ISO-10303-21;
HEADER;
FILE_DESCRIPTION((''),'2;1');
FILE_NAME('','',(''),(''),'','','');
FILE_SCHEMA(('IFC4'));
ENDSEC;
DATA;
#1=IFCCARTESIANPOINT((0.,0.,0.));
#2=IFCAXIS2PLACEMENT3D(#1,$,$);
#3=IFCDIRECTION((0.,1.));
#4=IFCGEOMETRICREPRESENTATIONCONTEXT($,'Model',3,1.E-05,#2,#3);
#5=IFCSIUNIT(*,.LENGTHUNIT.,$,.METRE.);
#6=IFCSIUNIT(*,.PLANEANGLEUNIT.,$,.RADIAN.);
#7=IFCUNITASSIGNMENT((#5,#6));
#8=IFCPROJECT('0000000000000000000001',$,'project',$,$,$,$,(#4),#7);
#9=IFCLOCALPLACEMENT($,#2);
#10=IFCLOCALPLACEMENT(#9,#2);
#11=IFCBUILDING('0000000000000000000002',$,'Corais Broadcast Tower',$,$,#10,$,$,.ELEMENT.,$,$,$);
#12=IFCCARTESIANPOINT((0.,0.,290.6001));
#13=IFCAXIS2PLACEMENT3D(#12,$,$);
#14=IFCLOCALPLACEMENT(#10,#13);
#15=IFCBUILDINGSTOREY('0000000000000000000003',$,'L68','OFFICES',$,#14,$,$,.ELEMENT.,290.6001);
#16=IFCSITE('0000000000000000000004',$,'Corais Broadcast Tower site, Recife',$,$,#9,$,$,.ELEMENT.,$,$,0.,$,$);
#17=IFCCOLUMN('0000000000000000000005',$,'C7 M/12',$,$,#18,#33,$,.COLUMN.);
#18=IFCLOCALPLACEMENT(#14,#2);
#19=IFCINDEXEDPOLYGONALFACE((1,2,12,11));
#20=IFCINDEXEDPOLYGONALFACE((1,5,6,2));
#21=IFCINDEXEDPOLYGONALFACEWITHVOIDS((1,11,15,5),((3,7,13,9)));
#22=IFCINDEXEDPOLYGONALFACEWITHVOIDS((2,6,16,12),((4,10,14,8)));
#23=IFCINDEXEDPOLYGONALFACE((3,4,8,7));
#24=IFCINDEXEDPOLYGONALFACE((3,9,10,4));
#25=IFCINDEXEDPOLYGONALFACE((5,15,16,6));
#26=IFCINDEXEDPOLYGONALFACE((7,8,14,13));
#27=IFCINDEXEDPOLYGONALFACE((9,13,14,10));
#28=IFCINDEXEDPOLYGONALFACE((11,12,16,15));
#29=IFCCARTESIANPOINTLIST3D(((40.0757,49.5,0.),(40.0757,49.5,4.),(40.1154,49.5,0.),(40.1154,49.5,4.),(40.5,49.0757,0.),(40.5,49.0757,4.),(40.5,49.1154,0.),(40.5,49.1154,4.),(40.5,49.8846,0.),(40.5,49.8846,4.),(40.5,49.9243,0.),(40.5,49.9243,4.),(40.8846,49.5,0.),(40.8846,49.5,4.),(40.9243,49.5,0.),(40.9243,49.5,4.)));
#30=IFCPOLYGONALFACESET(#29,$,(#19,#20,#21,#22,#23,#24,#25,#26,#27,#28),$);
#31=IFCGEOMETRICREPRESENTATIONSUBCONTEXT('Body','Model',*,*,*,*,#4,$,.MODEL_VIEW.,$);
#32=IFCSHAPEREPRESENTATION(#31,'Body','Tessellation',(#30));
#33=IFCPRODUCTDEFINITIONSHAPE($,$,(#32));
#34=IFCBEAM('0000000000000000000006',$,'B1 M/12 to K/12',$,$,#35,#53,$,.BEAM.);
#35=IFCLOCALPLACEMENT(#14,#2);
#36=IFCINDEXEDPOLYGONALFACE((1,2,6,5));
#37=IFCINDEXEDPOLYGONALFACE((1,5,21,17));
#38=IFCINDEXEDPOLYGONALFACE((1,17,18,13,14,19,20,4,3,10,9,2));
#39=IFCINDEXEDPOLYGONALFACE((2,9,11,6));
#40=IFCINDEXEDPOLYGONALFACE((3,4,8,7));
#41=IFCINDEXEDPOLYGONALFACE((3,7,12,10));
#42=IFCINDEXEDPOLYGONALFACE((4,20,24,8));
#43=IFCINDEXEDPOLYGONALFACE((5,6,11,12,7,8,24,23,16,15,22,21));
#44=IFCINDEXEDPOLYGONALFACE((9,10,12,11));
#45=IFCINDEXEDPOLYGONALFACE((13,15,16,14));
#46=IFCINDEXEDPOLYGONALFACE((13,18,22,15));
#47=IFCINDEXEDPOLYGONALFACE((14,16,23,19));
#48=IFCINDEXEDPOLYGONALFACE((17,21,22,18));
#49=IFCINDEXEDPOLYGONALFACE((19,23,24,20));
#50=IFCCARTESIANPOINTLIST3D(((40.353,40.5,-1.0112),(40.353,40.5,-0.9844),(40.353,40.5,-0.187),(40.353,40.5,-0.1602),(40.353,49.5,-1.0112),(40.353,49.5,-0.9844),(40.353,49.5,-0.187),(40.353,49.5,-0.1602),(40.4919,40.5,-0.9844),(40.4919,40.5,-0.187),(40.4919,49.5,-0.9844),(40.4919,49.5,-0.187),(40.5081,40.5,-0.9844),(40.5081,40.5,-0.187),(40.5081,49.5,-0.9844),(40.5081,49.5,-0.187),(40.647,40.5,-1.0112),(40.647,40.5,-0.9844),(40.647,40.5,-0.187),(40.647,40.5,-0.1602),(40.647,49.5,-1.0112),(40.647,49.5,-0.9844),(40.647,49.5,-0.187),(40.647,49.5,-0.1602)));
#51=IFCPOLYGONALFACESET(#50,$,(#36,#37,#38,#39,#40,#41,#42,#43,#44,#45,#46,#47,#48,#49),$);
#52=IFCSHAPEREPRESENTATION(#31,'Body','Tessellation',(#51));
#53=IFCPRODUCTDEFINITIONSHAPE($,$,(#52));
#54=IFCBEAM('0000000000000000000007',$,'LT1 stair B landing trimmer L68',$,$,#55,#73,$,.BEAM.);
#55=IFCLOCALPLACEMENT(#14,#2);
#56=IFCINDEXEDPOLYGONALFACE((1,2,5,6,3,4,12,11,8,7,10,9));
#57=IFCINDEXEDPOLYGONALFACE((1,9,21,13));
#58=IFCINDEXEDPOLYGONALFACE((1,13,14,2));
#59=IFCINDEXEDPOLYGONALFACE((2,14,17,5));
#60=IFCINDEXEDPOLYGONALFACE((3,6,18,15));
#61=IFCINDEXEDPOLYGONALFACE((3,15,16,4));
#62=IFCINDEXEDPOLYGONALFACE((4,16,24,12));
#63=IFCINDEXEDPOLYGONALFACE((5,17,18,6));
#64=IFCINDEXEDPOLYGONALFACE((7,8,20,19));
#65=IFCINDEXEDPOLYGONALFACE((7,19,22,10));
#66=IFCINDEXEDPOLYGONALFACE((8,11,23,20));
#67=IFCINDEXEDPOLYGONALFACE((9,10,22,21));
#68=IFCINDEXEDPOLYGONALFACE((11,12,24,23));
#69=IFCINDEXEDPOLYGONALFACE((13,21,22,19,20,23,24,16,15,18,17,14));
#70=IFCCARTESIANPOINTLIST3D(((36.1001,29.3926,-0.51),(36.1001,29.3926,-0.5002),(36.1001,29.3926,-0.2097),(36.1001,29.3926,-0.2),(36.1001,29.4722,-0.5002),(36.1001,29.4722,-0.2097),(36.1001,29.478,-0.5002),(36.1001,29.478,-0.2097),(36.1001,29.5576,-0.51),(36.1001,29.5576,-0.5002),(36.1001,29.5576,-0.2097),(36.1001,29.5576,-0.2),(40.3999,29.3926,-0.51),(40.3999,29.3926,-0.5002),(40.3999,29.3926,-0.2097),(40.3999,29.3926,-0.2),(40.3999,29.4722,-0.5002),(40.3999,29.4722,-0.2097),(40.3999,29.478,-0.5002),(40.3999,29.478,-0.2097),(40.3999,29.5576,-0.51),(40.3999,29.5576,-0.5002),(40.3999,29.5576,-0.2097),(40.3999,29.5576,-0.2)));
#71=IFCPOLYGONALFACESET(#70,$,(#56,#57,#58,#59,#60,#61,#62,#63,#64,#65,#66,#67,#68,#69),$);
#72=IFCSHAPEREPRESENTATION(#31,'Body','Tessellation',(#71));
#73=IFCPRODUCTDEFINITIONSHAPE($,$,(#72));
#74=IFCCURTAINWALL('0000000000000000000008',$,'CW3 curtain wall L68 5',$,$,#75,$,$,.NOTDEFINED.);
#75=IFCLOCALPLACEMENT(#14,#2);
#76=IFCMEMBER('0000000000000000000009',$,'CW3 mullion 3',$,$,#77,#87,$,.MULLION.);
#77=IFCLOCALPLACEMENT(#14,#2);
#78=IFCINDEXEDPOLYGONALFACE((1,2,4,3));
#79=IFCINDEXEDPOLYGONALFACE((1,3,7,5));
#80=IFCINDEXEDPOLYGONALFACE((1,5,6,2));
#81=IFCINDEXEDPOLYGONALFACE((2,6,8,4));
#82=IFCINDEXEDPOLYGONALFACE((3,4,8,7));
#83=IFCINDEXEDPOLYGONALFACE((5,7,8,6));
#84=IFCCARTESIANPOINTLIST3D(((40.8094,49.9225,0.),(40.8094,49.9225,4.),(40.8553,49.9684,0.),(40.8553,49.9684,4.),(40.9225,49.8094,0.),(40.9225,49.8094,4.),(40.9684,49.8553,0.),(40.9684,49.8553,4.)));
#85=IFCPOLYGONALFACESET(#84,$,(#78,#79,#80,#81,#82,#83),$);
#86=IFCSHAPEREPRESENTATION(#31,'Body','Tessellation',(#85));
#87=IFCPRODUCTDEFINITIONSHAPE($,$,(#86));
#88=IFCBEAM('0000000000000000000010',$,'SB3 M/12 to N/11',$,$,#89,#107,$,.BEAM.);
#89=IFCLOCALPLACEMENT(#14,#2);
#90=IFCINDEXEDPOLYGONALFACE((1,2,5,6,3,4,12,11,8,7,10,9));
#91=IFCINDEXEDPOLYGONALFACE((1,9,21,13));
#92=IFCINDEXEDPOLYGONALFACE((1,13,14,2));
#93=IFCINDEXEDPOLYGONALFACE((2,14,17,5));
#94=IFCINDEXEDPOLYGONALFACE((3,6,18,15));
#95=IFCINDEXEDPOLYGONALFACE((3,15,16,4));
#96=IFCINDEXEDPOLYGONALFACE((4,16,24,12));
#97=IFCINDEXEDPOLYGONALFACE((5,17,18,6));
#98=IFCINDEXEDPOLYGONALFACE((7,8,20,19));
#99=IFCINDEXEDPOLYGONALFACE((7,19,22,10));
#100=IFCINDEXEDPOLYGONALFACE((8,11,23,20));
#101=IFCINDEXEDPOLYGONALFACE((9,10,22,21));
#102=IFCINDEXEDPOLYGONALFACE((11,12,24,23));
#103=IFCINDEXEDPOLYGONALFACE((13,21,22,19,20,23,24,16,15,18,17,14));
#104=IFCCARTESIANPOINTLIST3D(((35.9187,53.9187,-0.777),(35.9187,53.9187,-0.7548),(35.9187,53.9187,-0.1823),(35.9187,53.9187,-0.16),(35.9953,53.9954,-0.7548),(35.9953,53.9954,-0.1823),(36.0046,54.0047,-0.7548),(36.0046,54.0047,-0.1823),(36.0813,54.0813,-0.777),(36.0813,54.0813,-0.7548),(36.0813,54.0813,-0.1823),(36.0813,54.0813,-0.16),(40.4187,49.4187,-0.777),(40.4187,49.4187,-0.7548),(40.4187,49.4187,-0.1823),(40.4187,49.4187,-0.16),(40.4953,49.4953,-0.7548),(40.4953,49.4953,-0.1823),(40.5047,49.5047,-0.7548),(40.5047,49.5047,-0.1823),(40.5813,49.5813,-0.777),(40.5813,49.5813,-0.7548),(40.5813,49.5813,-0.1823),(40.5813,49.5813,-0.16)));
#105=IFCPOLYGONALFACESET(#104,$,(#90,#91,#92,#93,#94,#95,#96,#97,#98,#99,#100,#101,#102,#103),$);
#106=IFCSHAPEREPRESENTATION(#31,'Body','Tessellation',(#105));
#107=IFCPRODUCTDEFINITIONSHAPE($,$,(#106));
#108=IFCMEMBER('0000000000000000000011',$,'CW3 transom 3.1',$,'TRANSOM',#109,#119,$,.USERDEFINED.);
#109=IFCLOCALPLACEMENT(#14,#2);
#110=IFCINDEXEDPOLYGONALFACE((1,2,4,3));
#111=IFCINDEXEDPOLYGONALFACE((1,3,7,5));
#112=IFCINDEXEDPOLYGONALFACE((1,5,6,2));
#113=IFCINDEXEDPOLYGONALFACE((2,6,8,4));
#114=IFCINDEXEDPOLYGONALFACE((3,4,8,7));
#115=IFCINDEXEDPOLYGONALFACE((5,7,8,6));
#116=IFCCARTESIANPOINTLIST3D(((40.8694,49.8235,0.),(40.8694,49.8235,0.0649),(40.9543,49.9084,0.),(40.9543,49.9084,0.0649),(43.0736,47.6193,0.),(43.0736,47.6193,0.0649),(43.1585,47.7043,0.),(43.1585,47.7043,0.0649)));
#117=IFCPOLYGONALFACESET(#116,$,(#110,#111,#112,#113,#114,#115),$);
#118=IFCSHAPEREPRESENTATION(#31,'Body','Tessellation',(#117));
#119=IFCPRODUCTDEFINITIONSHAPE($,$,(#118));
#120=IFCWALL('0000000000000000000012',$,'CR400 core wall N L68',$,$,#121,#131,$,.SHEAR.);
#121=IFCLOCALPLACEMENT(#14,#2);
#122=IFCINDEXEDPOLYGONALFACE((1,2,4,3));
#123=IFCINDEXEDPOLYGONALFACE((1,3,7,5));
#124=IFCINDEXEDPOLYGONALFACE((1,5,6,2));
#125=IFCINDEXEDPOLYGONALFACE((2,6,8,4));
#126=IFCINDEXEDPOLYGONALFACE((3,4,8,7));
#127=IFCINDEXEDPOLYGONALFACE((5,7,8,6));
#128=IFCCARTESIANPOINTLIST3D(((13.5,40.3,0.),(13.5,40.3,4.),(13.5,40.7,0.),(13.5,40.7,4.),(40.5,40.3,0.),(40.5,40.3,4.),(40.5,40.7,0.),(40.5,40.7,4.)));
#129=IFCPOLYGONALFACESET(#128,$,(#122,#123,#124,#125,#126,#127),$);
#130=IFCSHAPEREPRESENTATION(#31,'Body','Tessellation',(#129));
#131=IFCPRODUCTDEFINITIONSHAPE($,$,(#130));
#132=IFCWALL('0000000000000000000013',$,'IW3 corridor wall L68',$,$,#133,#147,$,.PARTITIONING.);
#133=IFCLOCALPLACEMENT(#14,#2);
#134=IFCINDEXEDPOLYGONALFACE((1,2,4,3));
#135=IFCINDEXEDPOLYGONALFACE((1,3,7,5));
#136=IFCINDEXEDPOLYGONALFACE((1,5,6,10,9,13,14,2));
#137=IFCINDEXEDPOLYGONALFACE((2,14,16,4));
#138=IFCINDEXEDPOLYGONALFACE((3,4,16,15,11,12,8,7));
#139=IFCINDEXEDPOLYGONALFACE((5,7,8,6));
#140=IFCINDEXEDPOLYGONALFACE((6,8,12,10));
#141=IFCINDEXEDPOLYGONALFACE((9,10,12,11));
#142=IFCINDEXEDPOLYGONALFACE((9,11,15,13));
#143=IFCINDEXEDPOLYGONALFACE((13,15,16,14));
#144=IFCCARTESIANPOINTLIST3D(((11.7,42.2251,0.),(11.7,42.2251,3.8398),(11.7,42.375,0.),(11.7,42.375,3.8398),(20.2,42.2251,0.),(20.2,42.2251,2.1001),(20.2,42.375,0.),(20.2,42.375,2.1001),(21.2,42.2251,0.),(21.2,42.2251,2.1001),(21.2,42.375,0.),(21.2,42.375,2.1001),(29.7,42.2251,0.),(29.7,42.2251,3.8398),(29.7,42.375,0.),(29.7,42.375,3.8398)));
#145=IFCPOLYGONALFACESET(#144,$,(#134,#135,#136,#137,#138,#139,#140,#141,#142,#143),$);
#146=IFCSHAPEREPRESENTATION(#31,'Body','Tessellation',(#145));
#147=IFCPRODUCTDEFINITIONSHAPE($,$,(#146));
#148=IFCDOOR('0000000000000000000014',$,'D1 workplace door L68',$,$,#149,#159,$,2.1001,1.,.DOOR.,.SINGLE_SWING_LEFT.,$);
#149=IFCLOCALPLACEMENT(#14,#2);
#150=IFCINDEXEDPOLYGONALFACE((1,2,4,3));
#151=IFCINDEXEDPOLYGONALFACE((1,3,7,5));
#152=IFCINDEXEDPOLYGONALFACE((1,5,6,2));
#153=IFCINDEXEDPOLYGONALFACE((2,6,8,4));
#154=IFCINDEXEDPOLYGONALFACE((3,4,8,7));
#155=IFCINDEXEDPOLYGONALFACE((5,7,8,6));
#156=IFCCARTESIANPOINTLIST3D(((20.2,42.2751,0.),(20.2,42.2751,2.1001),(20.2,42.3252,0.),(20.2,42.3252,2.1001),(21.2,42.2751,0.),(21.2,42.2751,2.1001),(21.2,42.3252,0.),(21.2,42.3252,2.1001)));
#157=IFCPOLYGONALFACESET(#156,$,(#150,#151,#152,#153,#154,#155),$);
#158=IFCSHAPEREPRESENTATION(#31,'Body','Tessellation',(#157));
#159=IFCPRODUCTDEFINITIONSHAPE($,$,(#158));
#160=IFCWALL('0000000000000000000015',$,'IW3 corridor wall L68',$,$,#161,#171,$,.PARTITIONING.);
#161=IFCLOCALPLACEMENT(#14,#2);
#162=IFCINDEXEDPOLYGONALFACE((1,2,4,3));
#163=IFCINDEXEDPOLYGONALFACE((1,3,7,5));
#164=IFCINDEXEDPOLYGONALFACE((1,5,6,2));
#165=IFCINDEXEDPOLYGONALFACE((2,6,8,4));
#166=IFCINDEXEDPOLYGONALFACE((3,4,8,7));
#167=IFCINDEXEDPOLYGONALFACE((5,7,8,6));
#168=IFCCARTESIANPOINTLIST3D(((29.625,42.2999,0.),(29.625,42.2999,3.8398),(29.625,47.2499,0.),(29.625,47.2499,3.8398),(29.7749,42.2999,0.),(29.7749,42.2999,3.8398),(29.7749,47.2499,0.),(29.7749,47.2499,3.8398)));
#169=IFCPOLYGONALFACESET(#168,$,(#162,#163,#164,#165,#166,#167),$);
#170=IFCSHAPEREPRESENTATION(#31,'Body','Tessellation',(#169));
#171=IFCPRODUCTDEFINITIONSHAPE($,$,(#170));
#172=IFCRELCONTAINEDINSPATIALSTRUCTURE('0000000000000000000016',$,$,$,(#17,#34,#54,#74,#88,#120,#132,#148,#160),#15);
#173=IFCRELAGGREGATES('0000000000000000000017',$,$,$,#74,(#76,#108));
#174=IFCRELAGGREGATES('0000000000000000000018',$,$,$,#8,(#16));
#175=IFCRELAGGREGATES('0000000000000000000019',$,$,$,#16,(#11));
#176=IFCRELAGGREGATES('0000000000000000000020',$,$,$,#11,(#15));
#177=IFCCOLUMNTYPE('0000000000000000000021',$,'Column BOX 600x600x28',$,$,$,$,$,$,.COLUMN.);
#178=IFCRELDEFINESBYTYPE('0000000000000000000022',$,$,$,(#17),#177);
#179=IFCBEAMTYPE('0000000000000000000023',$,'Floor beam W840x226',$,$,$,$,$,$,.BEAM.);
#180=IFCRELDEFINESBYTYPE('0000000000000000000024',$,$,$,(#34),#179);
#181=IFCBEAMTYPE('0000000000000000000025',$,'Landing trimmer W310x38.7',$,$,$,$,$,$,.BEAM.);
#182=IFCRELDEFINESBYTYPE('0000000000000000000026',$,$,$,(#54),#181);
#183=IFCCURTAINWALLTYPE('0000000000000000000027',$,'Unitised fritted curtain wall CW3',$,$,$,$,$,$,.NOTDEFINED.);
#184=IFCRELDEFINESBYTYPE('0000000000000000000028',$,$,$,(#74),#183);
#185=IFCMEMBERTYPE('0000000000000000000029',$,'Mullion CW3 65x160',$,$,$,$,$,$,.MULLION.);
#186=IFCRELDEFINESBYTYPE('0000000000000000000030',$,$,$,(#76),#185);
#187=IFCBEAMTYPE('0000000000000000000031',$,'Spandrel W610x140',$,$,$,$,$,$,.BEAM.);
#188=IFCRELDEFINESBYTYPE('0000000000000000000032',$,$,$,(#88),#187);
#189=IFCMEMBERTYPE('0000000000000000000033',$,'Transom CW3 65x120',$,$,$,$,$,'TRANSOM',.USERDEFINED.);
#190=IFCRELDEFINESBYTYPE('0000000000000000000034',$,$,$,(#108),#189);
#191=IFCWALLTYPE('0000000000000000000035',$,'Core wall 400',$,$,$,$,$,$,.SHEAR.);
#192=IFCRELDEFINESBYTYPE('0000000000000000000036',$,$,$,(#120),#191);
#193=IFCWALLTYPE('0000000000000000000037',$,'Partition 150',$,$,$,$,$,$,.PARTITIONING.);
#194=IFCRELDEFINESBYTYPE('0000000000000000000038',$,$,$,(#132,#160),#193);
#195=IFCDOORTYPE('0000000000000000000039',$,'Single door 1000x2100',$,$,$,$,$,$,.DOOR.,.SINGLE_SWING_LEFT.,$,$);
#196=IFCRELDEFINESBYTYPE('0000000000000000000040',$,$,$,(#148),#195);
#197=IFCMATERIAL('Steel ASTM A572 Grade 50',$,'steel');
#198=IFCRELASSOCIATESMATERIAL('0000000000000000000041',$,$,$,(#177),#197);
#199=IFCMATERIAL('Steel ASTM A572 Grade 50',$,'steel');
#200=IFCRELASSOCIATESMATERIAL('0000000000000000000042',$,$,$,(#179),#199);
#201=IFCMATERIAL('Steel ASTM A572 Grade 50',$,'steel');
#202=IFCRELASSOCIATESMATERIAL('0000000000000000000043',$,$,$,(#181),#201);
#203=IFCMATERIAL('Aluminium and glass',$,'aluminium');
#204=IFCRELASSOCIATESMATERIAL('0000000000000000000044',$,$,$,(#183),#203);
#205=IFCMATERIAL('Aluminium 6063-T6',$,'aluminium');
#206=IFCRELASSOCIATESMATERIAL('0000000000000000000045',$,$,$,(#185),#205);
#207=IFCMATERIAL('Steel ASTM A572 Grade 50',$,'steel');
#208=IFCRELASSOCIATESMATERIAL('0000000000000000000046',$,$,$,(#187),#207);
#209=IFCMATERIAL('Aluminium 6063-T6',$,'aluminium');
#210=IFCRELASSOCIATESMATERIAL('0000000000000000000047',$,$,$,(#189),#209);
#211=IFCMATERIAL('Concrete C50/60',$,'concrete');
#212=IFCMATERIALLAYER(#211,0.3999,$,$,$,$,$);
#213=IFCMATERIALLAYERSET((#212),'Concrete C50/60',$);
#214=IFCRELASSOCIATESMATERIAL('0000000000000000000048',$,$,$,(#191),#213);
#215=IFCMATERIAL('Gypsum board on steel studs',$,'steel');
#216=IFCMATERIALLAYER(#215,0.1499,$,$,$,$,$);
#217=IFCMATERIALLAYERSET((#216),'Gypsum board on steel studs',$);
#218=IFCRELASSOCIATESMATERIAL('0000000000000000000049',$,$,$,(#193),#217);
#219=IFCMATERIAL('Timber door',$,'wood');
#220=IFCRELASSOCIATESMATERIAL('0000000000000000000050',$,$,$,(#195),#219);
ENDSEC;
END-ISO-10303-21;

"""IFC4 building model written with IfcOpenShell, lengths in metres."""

from ifc_helpers import new_model, si_unit, direction, frame, frame_2d, origin, origin_2d, place, context, subcontext, project, spatial, rectangle, hollow_rectangle, i_section, extrude, material, layer, layer_set, material_profile, profile_set, type_object, element, fill, aggregate, save


model = new_model("IFC4")

# Units and contexts
model_context = context("Model", 3, precision=1e-05, world=origin(), true_north=direction((0.0, 1.0)))
body_context = subcontext(model_context, "Body", "Model", "MODEL_VIEW")
ifc_project = project(units=[si_unit("LENGTHUNIT", "METRE"), si_unit("PLANEANGLEUNIT", "RADIAN")], contexts=[model_context])

# Site, building, storey
site_placement = place(None, origin())
site = spatial("IfcSite", under=ifc_project, at=site_placement, Name="Corais Broadcast Tower site, Recife", CompositionType="ELEMENT", RefElevation=0.0)
building_placement = place(site_placement, origin())
building = spatial("IfcBuilding", under=site, at=building_placement, Name="Corais Broadcast Tower", CompositionType="ELEMENT")
storey_placement = place(building_placement, frame((0.0, 0.0, 290.6001)))
storey = spatial("IfcBuildingStorey", under=building, at=storey_placement, Name="L68", Description="OFFICES", CompositionType="ELEMENT", Elevation=290.6001)

# Column
ifc_material_1 = material(Name="Steel ASTM A572 Grade 50", Category="steel")
ifc_material_profile_1 = material_profile(ifc_material_1, hollow_rectangle(XDim=0.6001, YDim=0.6001, WallThickness=0.0281, at=origin_2d()), Name="BOX 600x600x28")
ifc_profile_set_1 = profile_set([ifc_material_profile_1], Name="Steel ASTM A572 Grade 50")
column_type = type_object("IfcColumnType", Name="Column BOX 600x600x28", PredefinedType="COLUMN", material=ifc_profile_set_1)
column_placement = place(storey_placement, frame((40.5, 49.5, 0.0), z_axis=(0.0, 0.0, 1.0), x_axis=(0.707107, 0.707107, 0.0)))
element("IfcColumn", 1, at=column_placement, inside=storey, type_object=column_type, Name="C7 M/12", PredefinedType="COLUMN", context=body_context, shape_type="SweptSolid", body=[
    extrude(hollow_rectangle(XDim=0.6001, YDim=0.6001, WallThickness=0.0281, at=origin_2d()), origin(), (0.0, 0.0, 1.0), 4.0),
])

# Beams
ifc_material_2 = material(Name="Steel ASTM A572 Grade 50", Category="steel")
ifc_material_profile_2 = material_profile(ifc_material_2, i_section(OverallWidth=0.2939, OverallDepth=0.8511, WebThickness=0.0161, FlangeThickness=0.0269, at=origin_2d()), Name="W840x226")
ifc_profile_set_2 = profile_set([ifc_material_profile_2], Name="Steel ASTM A572 Grade 50")
beam_type_1 = type_object("IfcBeamType", Name="Floor beam W840x226", PredefinedType="BEAM", material=ifc_profile_set_2)
beam_1_placement = place(storey_placement, frame((40.5, 49.5, -0.5857), z_axis=(0.0, -1.0, 0.0), x_axis=(1.0, 0.0, 0.0)))
element("IfcBeam", 2, at=beam_1_placement, inside=storey, type_object=beam_type_1, Name="B1 M/12 to K/12", PredefinedType="BEAM", context=body_context, shape_type="SweptSolid", body=[
    extrude(i_section(OverallWidth=0.2939, OverallDepth=0.8511, WebThickness=0.0161, FlangeThickness=0.0269, at=origin_2d()), origin(), (0.0, 0.0, 1.0), 9.0),
])
ifc_material_3 = material(Name="Steel ASTM A572 Grade 50", Category="steel")
ifc_material_profile_3 = material_profile(ifc_material_3, i_section(OverallWidth=0.165, OverallDepth=0.3101, WebThickness=0.0059, FlangeThickness=0.0098, at=origin_2d()), Name="W310x38.7")
ifc_profile_set_3 = profile_set([ifc_material_profile_3], Name="Steel ASTM A572 Grade 50")
beam_type_2 = type_object("IfcBeamType", Name="Landing trimmer W310x38.7", PredefinedType="BEAM", material=ifc_profile_set_3)
beam_2_placement = place(storey_placement, frame((36.1001, 29.4751, -0.355), z_axis=(1.0, 0.0, 0.0), x_axis=(0.0, 1.0, 0.0)))
element("IfcBeam", 3, at=beam_2_placement, inside=storey, type_object=beam_type_2, Name="LT1 stair B landing trimmer L68", PredefinedType="BEAM", context=body_context, shape_type="SweptSolid", body=[
    extrude(i_section(OverallWidth=0.165, OverallDepth=0.3101, WebThickness=0.0059, FlangeThickness=0.0098, at=origin_2d()), origin(), (0.0, 0.0, 1.0), 4.2998),
])

# Curtain wall, member
ifc_material_4 = material(Name="Aluminium and glass", Category="aluminium")
curtain_wall_type = type_object("IfcCurtainWallType", Name="Unitised fritted curtain wall CW3", PredefinedType="NOTDEFINED", material=ifc_material_4)
curtain_wall_placement = place(storey_placement, origin())
curtain_wall = element("IfcCurtainWall", 4, at=curtain_wall_placement, inside=storey, type_object=curtain_wall_type, Name="CW3 curtain wall L68 5", PredefinedType="NOTDEFINED")
ifc_material_5 = material(Name="Aluminium 6063-T6", Category="aluminium")
ifc_material_profile_4 = material_profile(ifc_material_5, rectangle(XDim=0.0649, YDim=0.1599, at=origin_2d()), Name="Mullion CW3 65x160")
ifc_profile_set_4 = profile_set([ifc_material_profile_4], Name="Aluminium 6063-T6")
member_type_1 = type_object("IfcMemberType", Name="Mullion CW3 65x160", PredefinedType="MULLION", material=ifc_profile_set_4)
member_1_placement = place(storey_placement, frame((40.8889, 49.8889, 0.0), z_axis=(0.0, 0.0, 1.0), x_axis=(0.707107, 0.707107, 0.0)))
member_1 = element("IfcMember", 5, at=member_1_placement, type_object=member_type_1, Name="CW3 mullion 3", PredefinedType="MULLION", context=body_context, shape_type="SweptSolid", body=[
    extrude(rectangle(XDim=0.0649, YDim=0.1599, at=origin_2d()), origin(), (0.0, 0.0, 1.0), 4.0),
])

# Beam
ifc_material_6 = material(Name="Steel ASTM A572 Grade 50", Category="steel")
ifc_material_profile_5 = material_profile(ifc_material_6, i_section(OverallWidth=0.23, OverallDepth=0.6169, WebThickness=0.0132, FlangeThickness=0.0222, at=origin_2d()), Name="W610x140")
ifc_profile_set_5 = profile_set([ifc_material_profile_5], Name="Steel ASTM A572 Grade 50")
beam_type_3 = type_object("IfcBeamType", Name="Spandrel W610x140", PredefinedType="BEAM", material=ifc_profile_set_5)
beam_3_placement = place(storey_placement, frame((40.5, 49.5, -0.4685), z_axis=(-0.707107, 0.707107, 0.0), x_axis=(-0.707107, -0.707107, 0.0)))
element("IfcBeam", 6, at=beam_3_placement, inside=storey, type_object=beam_type_3, Name="SB3 M/12 to N/11", PredefinedType="BEAM", context=body_context, shape_type="SweptSolid", body=[
    extrude(i_section(OverallWidth=0.23, OverallDepth=0.6169, WebThickness=0.0132, FlangeThickness=0.0222, at=origin_2d()), origin(), (0.0, 0.0, 1.0), 6.364),
])

# Member
ifc_material_7 = material(Name="Aluminium 6063-T6", Category="aluminium")
ifc_material_profile_6 = material_profile(ifc_material_7, rectangle(XDim=0.1201, YDim=0.0649, at=origin_2d()), Name="Transom CW3 65x120")
ifc_profile_set_6 = profile_set([ifc_material_profile_6], Name="Aluminium 6063-T6")
member_type_2 = type_object("IfcMemberType", Name="Transom CW3 65x120", ElementType="TRANSOM", PredefinedType="USERDEFINED", material=ifc_profile_set_6)
member_2_placement = place(storey_placement, frame((40.9119, 49.866, 0.0325), z_axis=(0.707107, -0.707107, 0.0), x_axis=(0.707107, 0.707107, 0.0)))
member_2 = element("IfcMember", 7, at=member_2_placement, type_object=member_type_2, Name="CW3 transom 3.1", ObjectType="TRANSOM", PredefinedType="USERDEFINED", context=body_context, shape_type="SweptSolid", body=[
    extrude(rectangle(XDim=0.1201, YDim=0.0649, at=origin_2d()), origin(), (0.0, 0.0, 1.0), 3.1172),
])
aggregate(curtain_wall, [member_1, member_2])

# Wall
ifc_material_8 = material(Name="Concrete C50/60", Category="concrete")
ifc_layer_1 = layer(ifc_material_8, 0.3999)
ifc_layer_set_1 = layer_set([ifc_layer_1], Name="Concrete C50/60")
wall_type_1 = type_object("IfcWallType", Name="Core wall 400", PredefinedType="SHEAR", material=ifc_layer_set_1)
wall_1_placement = place(storey_placement, frame((40.5, 40.5, 0.0), z_axis=(0.0, 0.0, 1.0), x_axis=(-1.0, 0.0, 0.0)))
element("IfcWall", 8, at=wall_1_placement, inside=storey, type_object=wall_type_1, Name="CR400 core wall N L68", PredefinedType="SHEAR", context=body_context, shape_type="SweptSolid", body=[
    extrude(rectangle(XDim=27.0, YDim=0.3999, at=frame_2d((13.5, 0.0))), origin(), (0.0, 0.0, 1.0), 4.0),
])

# Wall, opening, door
ifc_material_9 = material(Name="Gypsum board on steel studs", Category="steel")
ifc_layer_2 = layer(ifc_material_9, 0.1499)
ifc_layer_set_2 = layer_set([ifc_layer_2], Name="Gypsum board on steel studs")
wall_type_2 = type_object("IfcWallType", Name="Partition 150", PredefinedType="PARTITIONING", material=ifc_layer_set_2)
wall_2_placement = place(storey_placement, frame((29.7, 42.3, 0.0), z_axis=(0.0, 0.0, 1.0), x_axis=(-1.0, 0.0, 0.0)))
wall_2 = element("IfcWall", 9, at=wall_2_placement, inside=storey, type_object=wall_type_2, Name="IW3 corridor wall L68", PredefinedType="PARTITIONING", context=body_context, shape_type="SweptSolid", body=[
    extrude(rectangle(XDim=18.0, YDim=0.1499, at=frame_2d((9.0, 0.0))), origin(), (0.0, 0.0, 1.0), 3.8398),
])
opening_1_placement = place(wall_2_placement, frame((8.5, 0.0, 0.0)))
opening_1 = element("IfcOpeningElement", 10, at=opening_1_placement, cuts=wall_2, PredefinedType="OPENING", context=body_context, shape_type="SweptSolid", body=[
    extrude(rectangle(XDim=1.0, YDim=2.1001, at=frame_2d((0.5, 1.05))), frame((0.0, 0.085, 0.0), z_axis=(0.0, -1.0, 0.0), x_axis=(1.0, 0.0, 0.0)), (0.0, 0.0, 1.0), 0.1699),
])
ifc_material_10 = material(Name="Timber door", Category="wood")
door_type = type_object("IfcDoorType", Name="Single door 1000x2100", OperationType="SINGLE_SWING_LEFT", PredefinedType="DOOR", material=ifc_material_10)
door_1_placement = place(opening_1_placement, origin())
door_1 = element("IfcDoor", 11, at=door_1_placement, inside=storey, type_object=door_type, Name="D1 workplace door L68", OperationType="SINGLE_SWING_LEFT", OverallHeight=2.1001, OverallWidth=1.0, PredefinedType="DOOR", context=body_context, shape_type="SweptSolid", body=[
    extrude(rectangle(XDim=1.0, YDim=2.1001, at=frame_2d((0.5, 1.05))), frame((0.0, 0.0249, 0.0), z_axis=(0.0, -1.0, 0.0), x_axis=(1.0, 0.0, 0.0)), (0.0, 0.0, 1.0), 0.05),
])
fill(opening_1, door_1)

# Wall
wall_3_placement = place(storey_placement, frame((29.7, 47.25, 0.0), z_axis=(0.0, 0.0, 1.0), x_axis=(0.0, -1.0, 0.0)))
element("IfcWall", 12, at=wall_3_placement, inside=storey, type_object=wall_type_2, Name="IW3 corridor wall L68", PredefinedType="PARTITIONING", context=body_context, shape_type="SweptSolid", body=[
    extrude(rectangle(XDim=4.95, YDim=0.1499, at=frame_2d((2.4751, 0.0))), origin(), (0.0, 0.0, 1.0), 3.8398),
])

save(model, "model.ifc")
